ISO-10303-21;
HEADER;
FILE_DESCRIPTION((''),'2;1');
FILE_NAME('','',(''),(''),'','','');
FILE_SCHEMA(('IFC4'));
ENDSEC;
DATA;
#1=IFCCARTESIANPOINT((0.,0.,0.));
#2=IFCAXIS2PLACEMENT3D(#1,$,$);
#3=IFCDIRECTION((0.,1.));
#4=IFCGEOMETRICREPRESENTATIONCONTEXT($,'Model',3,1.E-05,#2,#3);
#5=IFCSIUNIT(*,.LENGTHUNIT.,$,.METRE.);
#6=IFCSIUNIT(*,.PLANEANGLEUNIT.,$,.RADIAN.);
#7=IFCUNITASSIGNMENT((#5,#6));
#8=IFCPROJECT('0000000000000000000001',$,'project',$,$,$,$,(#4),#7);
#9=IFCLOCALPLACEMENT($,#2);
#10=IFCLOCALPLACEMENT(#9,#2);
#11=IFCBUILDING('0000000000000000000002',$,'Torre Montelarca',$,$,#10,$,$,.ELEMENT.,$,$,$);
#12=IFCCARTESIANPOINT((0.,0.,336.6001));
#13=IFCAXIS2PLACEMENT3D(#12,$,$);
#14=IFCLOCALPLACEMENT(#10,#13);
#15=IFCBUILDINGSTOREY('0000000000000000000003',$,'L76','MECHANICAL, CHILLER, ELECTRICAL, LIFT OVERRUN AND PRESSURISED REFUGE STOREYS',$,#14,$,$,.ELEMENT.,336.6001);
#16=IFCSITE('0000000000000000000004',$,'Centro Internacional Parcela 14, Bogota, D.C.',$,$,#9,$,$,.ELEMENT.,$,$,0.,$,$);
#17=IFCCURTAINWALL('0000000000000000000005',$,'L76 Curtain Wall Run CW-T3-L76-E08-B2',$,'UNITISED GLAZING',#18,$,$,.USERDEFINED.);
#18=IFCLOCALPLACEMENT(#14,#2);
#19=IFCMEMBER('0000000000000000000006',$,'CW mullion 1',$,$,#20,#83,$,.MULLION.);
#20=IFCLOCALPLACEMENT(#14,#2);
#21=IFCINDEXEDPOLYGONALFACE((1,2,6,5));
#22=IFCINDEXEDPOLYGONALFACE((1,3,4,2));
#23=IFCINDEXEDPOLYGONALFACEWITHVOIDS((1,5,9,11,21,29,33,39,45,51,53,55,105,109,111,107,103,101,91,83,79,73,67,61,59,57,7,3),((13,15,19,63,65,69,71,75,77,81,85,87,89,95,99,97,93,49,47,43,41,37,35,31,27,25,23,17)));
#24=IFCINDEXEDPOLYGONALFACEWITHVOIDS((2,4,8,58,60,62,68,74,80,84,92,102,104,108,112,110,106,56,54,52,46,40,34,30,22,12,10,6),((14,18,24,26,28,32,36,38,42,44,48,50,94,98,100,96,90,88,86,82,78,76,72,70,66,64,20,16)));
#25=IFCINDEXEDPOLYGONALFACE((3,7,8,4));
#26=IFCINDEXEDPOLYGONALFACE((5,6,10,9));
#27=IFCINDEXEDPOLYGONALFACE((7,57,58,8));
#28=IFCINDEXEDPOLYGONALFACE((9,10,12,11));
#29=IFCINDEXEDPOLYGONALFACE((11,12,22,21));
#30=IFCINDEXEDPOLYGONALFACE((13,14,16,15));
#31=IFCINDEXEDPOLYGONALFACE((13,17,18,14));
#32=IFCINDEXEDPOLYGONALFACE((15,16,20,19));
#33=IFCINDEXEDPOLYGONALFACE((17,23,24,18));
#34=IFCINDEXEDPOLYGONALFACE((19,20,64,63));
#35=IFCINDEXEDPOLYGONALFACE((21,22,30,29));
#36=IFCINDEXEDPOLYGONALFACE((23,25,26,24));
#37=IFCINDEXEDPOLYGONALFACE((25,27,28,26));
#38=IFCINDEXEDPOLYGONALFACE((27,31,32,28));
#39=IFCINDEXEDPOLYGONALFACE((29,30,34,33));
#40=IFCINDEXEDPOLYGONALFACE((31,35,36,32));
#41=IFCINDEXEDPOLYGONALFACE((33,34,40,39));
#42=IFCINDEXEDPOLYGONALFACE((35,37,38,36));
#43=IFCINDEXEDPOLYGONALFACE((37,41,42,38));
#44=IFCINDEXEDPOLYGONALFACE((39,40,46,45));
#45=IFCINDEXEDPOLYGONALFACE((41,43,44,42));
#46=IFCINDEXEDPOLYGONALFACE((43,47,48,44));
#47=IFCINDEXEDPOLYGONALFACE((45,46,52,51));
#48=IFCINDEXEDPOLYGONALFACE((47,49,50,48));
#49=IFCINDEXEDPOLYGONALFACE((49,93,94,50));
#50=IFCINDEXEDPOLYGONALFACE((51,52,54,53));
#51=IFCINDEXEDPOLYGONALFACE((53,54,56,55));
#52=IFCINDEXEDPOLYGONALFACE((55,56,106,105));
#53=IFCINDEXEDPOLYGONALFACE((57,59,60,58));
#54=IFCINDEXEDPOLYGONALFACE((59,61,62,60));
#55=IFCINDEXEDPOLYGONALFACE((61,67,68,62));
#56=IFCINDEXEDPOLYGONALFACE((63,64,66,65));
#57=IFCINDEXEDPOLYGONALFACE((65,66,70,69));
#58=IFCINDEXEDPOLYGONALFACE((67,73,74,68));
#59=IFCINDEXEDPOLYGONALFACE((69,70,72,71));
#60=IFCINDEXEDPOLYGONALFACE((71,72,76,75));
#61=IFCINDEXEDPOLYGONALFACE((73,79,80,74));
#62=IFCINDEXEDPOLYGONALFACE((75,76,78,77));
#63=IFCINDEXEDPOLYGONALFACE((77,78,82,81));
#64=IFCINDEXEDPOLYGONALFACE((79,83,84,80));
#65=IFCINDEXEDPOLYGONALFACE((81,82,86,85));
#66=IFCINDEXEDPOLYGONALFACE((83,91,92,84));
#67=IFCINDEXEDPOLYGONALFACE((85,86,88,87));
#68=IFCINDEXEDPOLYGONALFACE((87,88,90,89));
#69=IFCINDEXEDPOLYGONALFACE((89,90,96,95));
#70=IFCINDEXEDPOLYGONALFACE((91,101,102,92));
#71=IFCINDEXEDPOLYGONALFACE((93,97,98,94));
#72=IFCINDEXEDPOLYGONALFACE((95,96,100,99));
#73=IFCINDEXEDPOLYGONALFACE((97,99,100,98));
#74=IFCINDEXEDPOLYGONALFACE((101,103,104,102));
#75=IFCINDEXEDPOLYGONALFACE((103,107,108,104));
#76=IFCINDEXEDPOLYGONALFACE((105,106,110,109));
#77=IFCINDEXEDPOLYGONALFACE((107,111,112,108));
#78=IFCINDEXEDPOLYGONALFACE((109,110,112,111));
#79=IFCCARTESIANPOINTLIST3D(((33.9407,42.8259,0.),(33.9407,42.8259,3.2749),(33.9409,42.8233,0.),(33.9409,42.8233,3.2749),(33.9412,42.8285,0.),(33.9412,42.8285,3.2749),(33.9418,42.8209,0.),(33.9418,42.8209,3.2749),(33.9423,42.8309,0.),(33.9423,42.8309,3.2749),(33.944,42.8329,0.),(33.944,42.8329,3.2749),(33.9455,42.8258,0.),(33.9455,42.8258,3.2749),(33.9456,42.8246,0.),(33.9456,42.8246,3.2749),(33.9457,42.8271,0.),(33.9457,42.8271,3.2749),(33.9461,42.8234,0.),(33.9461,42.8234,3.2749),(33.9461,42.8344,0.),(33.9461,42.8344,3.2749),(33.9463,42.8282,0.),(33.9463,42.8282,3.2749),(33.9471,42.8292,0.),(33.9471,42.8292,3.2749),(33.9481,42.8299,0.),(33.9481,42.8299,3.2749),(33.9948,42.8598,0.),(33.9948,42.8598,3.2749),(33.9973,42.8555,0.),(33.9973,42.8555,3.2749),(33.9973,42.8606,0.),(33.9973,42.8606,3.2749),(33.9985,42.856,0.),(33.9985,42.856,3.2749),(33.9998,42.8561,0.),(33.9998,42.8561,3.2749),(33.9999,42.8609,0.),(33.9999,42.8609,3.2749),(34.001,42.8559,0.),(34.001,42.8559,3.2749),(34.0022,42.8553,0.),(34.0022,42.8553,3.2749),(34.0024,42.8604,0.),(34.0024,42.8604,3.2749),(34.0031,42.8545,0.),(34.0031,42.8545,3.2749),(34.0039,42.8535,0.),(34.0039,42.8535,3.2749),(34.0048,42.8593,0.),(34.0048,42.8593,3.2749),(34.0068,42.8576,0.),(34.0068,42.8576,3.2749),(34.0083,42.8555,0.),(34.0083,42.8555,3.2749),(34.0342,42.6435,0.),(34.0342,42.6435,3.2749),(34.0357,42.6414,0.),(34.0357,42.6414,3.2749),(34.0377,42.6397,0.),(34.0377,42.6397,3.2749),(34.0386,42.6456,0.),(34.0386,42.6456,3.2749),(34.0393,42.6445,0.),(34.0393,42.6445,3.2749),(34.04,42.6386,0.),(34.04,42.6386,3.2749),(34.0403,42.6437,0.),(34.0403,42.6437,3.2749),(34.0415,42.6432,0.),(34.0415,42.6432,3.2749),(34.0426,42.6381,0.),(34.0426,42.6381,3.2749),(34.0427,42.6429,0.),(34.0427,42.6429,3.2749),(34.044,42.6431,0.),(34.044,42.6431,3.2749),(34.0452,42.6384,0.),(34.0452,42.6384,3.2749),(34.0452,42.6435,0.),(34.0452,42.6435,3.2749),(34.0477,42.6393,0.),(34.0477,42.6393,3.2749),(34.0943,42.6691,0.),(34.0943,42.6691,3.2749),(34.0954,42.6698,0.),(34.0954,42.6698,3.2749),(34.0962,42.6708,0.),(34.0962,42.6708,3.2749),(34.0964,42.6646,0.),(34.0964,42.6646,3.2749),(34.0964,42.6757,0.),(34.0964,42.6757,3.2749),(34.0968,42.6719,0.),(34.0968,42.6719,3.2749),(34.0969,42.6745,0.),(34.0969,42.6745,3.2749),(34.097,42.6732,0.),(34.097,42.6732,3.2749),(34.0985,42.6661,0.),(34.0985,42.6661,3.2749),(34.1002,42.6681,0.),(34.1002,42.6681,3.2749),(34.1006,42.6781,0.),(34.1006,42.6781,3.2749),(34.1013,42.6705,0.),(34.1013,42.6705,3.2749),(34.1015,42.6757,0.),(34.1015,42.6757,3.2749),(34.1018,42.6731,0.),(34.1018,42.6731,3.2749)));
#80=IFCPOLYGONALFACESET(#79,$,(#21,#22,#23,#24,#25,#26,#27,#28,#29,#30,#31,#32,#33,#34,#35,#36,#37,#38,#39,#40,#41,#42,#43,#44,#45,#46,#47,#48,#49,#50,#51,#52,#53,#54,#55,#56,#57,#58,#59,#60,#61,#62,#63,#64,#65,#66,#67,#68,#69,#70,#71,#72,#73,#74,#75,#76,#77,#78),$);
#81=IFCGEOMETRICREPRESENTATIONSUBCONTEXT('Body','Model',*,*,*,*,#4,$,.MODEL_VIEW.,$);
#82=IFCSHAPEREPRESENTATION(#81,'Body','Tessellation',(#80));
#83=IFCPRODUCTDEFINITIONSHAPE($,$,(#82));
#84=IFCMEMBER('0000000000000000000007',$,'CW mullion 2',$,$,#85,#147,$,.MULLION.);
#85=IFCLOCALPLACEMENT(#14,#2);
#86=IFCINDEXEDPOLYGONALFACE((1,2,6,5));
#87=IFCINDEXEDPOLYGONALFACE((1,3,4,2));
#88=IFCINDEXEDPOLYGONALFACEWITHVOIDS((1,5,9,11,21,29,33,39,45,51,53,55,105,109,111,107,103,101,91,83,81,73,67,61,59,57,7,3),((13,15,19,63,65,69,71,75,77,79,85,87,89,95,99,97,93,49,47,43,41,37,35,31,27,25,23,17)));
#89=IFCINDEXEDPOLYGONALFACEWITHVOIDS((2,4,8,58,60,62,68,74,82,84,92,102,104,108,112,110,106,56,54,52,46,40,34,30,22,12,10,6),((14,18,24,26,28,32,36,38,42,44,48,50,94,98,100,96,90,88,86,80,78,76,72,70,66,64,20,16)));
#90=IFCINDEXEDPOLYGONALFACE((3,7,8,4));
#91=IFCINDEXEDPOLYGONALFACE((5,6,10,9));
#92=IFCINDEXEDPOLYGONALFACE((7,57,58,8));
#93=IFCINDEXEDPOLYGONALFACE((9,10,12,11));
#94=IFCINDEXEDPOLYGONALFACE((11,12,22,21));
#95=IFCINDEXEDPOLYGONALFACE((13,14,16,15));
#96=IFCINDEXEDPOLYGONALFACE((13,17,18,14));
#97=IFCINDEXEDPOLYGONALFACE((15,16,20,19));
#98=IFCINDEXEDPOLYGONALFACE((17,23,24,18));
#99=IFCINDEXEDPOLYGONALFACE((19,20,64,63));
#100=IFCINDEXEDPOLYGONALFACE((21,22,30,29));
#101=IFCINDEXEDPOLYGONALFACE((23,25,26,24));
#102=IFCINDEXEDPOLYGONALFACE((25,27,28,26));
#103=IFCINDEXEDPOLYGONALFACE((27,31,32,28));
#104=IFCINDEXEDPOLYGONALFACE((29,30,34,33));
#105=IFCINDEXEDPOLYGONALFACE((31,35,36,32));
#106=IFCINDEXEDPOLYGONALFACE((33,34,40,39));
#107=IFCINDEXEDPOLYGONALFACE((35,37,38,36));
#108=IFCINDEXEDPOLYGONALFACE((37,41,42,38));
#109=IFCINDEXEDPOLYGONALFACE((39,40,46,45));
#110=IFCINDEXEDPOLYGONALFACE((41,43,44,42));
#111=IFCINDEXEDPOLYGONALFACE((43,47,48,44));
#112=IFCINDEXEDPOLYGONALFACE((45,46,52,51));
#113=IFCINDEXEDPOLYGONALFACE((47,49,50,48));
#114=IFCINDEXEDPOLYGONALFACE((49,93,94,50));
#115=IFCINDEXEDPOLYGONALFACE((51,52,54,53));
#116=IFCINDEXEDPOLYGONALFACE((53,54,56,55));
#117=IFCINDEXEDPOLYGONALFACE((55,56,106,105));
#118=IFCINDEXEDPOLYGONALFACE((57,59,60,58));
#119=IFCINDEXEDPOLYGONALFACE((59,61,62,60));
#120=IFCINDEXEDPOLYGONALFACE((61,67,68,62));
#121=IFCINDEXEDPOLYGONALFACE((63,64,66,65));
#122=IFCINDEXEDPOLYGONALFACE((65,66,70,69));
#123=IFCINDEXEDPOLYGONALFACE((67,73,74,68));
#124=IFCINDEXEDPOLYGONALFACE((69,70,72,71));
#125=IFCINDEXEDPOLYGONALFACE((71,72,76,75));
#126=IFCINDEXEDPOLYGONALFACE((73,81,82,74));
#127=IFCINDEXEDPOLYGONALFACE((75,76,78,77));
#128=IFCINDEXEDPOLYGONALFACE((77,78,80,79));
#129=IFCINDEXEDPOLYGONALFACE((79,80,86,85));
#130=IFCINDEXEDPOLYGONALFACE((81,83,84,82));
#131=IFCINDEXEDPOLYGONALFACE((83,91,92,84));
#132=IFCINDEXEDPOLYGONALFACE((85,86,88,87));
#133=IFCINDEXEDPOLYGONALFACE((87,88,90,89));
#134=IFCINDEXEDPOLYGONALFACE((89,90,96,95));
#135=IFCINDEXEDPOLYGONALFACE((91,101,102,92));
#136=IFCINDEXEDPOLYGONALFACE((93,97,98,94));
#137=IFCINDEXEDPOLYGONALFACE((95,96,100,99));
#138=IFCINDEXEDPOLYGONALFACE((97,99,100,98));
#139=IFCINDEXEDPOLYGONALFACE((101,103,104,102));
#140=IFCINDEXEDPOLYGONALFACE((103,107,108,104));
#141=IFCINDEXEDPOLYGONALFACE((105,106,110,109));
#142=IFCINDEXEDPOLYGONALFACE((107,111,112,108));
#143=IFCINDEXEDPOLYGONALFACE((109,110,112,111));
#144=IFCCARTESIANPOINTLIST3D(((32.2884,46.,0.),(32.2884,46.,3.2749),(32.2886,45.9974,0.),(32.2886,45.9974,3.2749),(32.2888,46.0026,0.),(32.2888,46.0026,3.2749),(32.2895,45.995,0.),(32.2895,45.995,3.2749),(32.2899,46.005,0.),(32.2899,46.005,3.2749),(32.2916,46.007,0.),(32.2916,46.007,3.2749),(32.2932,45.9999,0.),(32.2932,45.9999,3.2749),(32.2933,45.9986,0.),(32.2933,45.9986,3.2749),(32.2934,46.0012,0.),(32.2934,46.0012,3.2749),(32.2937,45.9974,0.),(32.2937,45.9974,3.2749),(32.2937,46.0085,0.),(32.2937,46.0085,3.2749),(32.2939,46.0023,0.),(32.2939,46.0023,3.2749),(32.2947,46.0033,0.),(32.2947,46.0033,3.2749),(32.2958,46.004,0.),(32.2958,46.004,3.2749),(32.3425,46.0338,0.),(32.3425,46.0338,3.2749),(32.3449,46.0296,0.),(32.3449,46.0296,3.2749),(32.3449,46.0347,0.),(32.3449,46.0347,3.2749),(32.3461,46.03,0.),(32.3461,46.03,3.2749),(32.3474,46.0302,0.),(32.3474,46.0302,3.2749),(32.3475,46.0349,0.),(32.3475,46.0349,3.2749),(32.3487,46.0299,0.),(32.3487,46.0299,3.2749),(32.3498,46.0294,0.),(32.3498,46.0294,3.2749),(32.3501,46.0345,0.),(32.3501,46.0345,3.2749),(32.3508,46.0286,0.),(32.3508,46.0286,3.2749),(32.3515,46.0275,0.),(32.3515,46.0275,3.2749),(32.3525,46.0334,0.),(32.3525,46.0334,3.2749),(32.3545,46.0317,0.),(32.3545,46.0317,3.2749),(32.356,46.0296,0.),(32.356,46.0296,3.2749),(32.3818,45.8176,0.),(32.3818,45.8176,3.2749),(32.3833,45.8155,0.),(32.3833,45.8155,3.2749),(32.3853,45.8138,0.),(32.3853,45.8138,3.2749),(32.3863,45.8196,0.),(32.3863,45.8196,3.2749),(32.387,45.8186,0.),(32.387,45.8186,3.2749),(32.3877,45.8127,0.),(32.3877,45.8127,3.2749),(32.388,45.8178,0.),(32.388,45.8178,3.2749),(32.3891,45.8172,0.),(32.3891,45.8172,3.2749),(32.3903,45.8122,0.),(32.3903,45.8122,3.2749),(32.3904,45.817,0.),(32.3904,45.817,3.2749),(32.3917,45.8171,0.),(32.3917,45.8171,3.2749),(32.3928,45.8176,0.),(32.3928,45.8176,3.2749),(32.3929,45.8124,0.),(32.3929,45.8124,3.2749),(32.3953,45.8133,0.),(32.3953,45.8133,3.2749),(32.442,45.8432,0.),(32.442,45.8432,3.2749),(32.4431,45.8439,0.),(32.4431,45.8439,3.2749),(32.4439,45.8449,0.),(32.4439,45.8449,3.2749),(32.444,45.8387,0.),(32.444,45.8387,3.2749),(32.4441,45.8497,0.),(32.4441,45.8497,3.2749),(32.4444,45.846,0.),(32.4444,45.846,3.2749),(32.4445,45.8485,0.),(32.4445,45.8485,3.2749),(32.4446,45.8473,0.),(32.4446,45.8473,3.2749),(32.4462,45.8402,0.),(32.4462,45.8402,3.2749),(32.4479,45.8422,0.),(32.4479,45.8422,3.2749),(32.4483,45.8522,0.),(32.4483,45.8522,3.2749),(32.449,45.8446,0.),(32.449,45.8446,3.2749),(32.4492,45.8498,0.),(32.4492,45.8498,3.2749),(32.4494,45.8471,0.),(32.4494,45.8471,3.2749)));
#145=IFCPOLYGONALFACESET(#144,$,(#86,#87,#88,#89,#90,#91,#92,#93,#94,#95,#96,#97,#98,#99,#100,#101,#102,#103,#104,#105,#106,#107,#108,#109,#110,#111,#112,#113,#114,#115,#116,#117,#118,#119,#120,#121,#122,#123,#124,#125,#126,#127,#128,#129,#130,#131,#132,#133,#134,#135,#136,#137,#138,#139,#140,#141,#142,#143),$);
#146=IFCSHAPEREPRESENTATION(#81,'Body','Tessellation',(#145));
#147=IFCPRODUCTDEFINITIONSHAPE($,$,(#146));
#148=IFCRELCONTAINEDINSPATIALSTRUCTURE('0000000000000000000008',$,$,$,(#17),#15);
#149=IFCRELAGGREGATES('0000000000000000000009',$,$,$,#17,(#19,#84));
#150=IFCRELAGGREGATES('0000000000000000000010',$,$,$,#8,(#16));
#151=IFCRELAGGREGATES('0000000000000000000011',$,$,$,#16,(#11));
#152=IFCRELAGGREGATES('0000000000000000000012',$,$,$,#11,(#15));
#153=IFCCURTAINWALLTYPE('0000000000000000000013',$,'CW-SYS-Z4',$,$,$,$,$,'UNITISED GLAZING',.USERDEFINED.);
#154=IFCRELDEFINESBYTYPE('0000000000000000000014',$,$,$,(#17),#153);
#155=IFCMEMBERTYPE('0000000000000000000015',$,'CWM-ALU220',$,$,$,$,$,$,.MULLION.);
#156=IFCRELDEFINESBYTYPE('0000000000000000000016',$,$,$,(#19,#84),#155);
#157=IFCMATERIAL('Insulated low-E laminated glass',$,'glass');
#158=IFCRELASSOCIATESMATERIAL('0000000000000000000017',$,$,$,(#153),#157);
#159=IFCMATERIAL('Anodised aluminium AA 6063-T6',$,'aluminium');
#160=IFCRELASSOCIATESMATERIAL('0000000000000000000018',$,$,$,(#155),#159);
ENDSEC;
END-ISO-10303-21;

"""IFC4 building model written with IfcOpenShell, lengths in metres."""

from ifc_helpers import new_model, si_unit, direction, frame, origin, origin_2d, place, context, subcontext, project, spatial, hollow_rectangle, extrude, source, transform, mapped, material, material_profile, profile_set, type_object, element, aggregate, save


model = new_model("IFC4")

# Units and contexts
model_context = context("Model", 3, precision=1e-05, world=origin(), true_north=direction((0.0, 1.0)))
body_context = subcontext(model_context, "Body", "Model", "MODEL_VIEW")
ifc_project = project(units=[si_unit("LENGTHUNIT", "METRE"), si_unit("PLANEANGLEUNIT", "RADIAN")], contexts=[model_context])

# Site, building, storey
site_placement = place(None, origin())
site = spatial("IfcSite", under=ifc_project, at=site_placement, Name="Centro Internacional Parcela 14, Bogota, D.C.", CompositionType="ELEMENT", RefElevation=0.0)
building_placement = place(site_placement, origin())
building = spatial("IfcBuilding", under=site, at=building_placement, Name="Torre Montelarca", CompositionType="ELEMENT")
storey_placement = place(building_placement, frame((0.0, 0.0, 336.6001)))
storey = spatial("IfcBuildingStorey", under=building, at=storey_placement, Name="L76", Description="MECHANICAL, CHILLER, ELECTRICAL, LIFT OVERRUN AND PRESSURISED REFUGE STOREYS", CompositionType="ELEMENT", Elevation=336.6001)

# Curtain wall, members
ifc_material_1 = material(Name="Insulated low-E laminated glass", Category="glass")
curtain_wall_type = type_object("IfcCurtainWallType", Name="CW-SYS-Z4", ElementType="UNITISED GLAZING", PredefinedType="USERDEFINED", material=ifc_material_1)
ifc_material_2 = material(Name="Anodised aluminium AA 6063-T6", Category="aluminium")
ifc_material_profile_1 = material_profile(ifc_material_2, hollow_rectangle(XDim=0.075, YDim=0.22, WallThickness=0.0049, InnerFilletRadius=0.0049, OuterFilletRadius=0.01, at=origin_2d()), Name="ALU75X220X5", Category="aluminium")
ifc_profile_set_1 = profile_set([ifc_material_profile_1], Name="Anodised aluminium AA 6063-T6")
member_type_1 = type_object("IfcMemberType", Name="CWM-ALU220", PredefinedType="MULLION", material=ifc_profile_set_1)
shared_shape_1 = source(origin(), body_context, "Body", "SweptSolid", [
    extrude(hollow_rectangle(XDim=0.075, YDim=0.22, WallThickness=0.0049, InnerFilletRadius=0.0049, OuterFilletRadius=0.01, at=origin_2d()), origin(), (0.0, 0.0, 1.0), 3.2749),
])
curtain_wall_1_placement = place(storey_placement, origin())
curtain_wall_1 = element("IfcCurtainWall", 1, at=curtain_wall_1_placement, inside=storey, type_object=curtain_wall_type, Name="L76 Curtain Wall Run CW-T3-L76-E08-B2", ObjectType="UNITISED GLAZING", PredefinedType="USERDEFINED")
member_1_placement = place(storey_placement, frame((34.0212, 42.7495, 0.0), z_axis=(0.0, 0.0, 1.0), x_axis=(-0.887012, -0.461746, 0.0)))
member_1 = element("IfcMember", 2, at=member_1_placement, type_object=member_type_1, Name="CW mullion 1", PredefinedType="MULLION", context=body_context, shape_type="MappedRepresentation", body=[
    mapped(shared_shape_1, transform((0.0, 0.0, 0.0), scale=1.0)),
])
member_2_placement = place(storey_placement, frame((32.3689, 45.9236, 0.0), z_axis=(0.0, 0.0, 1.0), x_axis=(-0.887012, -0.461746, 0.0)))
member_2 = element("IfcMember", 3, at=member_2_placement, type_object=member_type_1, Name="CW mullion 2", PredefinedType="MULLION", context=body_context, shape_type="MappedRepresentation", body=[
    mapped(shared_shape_1, transform((0.0, 0.0, 0.0), scale=1.0)),
])

aggregate(curtain_wall_1, [member_1, member_2])

save(model, "model.ifc")
